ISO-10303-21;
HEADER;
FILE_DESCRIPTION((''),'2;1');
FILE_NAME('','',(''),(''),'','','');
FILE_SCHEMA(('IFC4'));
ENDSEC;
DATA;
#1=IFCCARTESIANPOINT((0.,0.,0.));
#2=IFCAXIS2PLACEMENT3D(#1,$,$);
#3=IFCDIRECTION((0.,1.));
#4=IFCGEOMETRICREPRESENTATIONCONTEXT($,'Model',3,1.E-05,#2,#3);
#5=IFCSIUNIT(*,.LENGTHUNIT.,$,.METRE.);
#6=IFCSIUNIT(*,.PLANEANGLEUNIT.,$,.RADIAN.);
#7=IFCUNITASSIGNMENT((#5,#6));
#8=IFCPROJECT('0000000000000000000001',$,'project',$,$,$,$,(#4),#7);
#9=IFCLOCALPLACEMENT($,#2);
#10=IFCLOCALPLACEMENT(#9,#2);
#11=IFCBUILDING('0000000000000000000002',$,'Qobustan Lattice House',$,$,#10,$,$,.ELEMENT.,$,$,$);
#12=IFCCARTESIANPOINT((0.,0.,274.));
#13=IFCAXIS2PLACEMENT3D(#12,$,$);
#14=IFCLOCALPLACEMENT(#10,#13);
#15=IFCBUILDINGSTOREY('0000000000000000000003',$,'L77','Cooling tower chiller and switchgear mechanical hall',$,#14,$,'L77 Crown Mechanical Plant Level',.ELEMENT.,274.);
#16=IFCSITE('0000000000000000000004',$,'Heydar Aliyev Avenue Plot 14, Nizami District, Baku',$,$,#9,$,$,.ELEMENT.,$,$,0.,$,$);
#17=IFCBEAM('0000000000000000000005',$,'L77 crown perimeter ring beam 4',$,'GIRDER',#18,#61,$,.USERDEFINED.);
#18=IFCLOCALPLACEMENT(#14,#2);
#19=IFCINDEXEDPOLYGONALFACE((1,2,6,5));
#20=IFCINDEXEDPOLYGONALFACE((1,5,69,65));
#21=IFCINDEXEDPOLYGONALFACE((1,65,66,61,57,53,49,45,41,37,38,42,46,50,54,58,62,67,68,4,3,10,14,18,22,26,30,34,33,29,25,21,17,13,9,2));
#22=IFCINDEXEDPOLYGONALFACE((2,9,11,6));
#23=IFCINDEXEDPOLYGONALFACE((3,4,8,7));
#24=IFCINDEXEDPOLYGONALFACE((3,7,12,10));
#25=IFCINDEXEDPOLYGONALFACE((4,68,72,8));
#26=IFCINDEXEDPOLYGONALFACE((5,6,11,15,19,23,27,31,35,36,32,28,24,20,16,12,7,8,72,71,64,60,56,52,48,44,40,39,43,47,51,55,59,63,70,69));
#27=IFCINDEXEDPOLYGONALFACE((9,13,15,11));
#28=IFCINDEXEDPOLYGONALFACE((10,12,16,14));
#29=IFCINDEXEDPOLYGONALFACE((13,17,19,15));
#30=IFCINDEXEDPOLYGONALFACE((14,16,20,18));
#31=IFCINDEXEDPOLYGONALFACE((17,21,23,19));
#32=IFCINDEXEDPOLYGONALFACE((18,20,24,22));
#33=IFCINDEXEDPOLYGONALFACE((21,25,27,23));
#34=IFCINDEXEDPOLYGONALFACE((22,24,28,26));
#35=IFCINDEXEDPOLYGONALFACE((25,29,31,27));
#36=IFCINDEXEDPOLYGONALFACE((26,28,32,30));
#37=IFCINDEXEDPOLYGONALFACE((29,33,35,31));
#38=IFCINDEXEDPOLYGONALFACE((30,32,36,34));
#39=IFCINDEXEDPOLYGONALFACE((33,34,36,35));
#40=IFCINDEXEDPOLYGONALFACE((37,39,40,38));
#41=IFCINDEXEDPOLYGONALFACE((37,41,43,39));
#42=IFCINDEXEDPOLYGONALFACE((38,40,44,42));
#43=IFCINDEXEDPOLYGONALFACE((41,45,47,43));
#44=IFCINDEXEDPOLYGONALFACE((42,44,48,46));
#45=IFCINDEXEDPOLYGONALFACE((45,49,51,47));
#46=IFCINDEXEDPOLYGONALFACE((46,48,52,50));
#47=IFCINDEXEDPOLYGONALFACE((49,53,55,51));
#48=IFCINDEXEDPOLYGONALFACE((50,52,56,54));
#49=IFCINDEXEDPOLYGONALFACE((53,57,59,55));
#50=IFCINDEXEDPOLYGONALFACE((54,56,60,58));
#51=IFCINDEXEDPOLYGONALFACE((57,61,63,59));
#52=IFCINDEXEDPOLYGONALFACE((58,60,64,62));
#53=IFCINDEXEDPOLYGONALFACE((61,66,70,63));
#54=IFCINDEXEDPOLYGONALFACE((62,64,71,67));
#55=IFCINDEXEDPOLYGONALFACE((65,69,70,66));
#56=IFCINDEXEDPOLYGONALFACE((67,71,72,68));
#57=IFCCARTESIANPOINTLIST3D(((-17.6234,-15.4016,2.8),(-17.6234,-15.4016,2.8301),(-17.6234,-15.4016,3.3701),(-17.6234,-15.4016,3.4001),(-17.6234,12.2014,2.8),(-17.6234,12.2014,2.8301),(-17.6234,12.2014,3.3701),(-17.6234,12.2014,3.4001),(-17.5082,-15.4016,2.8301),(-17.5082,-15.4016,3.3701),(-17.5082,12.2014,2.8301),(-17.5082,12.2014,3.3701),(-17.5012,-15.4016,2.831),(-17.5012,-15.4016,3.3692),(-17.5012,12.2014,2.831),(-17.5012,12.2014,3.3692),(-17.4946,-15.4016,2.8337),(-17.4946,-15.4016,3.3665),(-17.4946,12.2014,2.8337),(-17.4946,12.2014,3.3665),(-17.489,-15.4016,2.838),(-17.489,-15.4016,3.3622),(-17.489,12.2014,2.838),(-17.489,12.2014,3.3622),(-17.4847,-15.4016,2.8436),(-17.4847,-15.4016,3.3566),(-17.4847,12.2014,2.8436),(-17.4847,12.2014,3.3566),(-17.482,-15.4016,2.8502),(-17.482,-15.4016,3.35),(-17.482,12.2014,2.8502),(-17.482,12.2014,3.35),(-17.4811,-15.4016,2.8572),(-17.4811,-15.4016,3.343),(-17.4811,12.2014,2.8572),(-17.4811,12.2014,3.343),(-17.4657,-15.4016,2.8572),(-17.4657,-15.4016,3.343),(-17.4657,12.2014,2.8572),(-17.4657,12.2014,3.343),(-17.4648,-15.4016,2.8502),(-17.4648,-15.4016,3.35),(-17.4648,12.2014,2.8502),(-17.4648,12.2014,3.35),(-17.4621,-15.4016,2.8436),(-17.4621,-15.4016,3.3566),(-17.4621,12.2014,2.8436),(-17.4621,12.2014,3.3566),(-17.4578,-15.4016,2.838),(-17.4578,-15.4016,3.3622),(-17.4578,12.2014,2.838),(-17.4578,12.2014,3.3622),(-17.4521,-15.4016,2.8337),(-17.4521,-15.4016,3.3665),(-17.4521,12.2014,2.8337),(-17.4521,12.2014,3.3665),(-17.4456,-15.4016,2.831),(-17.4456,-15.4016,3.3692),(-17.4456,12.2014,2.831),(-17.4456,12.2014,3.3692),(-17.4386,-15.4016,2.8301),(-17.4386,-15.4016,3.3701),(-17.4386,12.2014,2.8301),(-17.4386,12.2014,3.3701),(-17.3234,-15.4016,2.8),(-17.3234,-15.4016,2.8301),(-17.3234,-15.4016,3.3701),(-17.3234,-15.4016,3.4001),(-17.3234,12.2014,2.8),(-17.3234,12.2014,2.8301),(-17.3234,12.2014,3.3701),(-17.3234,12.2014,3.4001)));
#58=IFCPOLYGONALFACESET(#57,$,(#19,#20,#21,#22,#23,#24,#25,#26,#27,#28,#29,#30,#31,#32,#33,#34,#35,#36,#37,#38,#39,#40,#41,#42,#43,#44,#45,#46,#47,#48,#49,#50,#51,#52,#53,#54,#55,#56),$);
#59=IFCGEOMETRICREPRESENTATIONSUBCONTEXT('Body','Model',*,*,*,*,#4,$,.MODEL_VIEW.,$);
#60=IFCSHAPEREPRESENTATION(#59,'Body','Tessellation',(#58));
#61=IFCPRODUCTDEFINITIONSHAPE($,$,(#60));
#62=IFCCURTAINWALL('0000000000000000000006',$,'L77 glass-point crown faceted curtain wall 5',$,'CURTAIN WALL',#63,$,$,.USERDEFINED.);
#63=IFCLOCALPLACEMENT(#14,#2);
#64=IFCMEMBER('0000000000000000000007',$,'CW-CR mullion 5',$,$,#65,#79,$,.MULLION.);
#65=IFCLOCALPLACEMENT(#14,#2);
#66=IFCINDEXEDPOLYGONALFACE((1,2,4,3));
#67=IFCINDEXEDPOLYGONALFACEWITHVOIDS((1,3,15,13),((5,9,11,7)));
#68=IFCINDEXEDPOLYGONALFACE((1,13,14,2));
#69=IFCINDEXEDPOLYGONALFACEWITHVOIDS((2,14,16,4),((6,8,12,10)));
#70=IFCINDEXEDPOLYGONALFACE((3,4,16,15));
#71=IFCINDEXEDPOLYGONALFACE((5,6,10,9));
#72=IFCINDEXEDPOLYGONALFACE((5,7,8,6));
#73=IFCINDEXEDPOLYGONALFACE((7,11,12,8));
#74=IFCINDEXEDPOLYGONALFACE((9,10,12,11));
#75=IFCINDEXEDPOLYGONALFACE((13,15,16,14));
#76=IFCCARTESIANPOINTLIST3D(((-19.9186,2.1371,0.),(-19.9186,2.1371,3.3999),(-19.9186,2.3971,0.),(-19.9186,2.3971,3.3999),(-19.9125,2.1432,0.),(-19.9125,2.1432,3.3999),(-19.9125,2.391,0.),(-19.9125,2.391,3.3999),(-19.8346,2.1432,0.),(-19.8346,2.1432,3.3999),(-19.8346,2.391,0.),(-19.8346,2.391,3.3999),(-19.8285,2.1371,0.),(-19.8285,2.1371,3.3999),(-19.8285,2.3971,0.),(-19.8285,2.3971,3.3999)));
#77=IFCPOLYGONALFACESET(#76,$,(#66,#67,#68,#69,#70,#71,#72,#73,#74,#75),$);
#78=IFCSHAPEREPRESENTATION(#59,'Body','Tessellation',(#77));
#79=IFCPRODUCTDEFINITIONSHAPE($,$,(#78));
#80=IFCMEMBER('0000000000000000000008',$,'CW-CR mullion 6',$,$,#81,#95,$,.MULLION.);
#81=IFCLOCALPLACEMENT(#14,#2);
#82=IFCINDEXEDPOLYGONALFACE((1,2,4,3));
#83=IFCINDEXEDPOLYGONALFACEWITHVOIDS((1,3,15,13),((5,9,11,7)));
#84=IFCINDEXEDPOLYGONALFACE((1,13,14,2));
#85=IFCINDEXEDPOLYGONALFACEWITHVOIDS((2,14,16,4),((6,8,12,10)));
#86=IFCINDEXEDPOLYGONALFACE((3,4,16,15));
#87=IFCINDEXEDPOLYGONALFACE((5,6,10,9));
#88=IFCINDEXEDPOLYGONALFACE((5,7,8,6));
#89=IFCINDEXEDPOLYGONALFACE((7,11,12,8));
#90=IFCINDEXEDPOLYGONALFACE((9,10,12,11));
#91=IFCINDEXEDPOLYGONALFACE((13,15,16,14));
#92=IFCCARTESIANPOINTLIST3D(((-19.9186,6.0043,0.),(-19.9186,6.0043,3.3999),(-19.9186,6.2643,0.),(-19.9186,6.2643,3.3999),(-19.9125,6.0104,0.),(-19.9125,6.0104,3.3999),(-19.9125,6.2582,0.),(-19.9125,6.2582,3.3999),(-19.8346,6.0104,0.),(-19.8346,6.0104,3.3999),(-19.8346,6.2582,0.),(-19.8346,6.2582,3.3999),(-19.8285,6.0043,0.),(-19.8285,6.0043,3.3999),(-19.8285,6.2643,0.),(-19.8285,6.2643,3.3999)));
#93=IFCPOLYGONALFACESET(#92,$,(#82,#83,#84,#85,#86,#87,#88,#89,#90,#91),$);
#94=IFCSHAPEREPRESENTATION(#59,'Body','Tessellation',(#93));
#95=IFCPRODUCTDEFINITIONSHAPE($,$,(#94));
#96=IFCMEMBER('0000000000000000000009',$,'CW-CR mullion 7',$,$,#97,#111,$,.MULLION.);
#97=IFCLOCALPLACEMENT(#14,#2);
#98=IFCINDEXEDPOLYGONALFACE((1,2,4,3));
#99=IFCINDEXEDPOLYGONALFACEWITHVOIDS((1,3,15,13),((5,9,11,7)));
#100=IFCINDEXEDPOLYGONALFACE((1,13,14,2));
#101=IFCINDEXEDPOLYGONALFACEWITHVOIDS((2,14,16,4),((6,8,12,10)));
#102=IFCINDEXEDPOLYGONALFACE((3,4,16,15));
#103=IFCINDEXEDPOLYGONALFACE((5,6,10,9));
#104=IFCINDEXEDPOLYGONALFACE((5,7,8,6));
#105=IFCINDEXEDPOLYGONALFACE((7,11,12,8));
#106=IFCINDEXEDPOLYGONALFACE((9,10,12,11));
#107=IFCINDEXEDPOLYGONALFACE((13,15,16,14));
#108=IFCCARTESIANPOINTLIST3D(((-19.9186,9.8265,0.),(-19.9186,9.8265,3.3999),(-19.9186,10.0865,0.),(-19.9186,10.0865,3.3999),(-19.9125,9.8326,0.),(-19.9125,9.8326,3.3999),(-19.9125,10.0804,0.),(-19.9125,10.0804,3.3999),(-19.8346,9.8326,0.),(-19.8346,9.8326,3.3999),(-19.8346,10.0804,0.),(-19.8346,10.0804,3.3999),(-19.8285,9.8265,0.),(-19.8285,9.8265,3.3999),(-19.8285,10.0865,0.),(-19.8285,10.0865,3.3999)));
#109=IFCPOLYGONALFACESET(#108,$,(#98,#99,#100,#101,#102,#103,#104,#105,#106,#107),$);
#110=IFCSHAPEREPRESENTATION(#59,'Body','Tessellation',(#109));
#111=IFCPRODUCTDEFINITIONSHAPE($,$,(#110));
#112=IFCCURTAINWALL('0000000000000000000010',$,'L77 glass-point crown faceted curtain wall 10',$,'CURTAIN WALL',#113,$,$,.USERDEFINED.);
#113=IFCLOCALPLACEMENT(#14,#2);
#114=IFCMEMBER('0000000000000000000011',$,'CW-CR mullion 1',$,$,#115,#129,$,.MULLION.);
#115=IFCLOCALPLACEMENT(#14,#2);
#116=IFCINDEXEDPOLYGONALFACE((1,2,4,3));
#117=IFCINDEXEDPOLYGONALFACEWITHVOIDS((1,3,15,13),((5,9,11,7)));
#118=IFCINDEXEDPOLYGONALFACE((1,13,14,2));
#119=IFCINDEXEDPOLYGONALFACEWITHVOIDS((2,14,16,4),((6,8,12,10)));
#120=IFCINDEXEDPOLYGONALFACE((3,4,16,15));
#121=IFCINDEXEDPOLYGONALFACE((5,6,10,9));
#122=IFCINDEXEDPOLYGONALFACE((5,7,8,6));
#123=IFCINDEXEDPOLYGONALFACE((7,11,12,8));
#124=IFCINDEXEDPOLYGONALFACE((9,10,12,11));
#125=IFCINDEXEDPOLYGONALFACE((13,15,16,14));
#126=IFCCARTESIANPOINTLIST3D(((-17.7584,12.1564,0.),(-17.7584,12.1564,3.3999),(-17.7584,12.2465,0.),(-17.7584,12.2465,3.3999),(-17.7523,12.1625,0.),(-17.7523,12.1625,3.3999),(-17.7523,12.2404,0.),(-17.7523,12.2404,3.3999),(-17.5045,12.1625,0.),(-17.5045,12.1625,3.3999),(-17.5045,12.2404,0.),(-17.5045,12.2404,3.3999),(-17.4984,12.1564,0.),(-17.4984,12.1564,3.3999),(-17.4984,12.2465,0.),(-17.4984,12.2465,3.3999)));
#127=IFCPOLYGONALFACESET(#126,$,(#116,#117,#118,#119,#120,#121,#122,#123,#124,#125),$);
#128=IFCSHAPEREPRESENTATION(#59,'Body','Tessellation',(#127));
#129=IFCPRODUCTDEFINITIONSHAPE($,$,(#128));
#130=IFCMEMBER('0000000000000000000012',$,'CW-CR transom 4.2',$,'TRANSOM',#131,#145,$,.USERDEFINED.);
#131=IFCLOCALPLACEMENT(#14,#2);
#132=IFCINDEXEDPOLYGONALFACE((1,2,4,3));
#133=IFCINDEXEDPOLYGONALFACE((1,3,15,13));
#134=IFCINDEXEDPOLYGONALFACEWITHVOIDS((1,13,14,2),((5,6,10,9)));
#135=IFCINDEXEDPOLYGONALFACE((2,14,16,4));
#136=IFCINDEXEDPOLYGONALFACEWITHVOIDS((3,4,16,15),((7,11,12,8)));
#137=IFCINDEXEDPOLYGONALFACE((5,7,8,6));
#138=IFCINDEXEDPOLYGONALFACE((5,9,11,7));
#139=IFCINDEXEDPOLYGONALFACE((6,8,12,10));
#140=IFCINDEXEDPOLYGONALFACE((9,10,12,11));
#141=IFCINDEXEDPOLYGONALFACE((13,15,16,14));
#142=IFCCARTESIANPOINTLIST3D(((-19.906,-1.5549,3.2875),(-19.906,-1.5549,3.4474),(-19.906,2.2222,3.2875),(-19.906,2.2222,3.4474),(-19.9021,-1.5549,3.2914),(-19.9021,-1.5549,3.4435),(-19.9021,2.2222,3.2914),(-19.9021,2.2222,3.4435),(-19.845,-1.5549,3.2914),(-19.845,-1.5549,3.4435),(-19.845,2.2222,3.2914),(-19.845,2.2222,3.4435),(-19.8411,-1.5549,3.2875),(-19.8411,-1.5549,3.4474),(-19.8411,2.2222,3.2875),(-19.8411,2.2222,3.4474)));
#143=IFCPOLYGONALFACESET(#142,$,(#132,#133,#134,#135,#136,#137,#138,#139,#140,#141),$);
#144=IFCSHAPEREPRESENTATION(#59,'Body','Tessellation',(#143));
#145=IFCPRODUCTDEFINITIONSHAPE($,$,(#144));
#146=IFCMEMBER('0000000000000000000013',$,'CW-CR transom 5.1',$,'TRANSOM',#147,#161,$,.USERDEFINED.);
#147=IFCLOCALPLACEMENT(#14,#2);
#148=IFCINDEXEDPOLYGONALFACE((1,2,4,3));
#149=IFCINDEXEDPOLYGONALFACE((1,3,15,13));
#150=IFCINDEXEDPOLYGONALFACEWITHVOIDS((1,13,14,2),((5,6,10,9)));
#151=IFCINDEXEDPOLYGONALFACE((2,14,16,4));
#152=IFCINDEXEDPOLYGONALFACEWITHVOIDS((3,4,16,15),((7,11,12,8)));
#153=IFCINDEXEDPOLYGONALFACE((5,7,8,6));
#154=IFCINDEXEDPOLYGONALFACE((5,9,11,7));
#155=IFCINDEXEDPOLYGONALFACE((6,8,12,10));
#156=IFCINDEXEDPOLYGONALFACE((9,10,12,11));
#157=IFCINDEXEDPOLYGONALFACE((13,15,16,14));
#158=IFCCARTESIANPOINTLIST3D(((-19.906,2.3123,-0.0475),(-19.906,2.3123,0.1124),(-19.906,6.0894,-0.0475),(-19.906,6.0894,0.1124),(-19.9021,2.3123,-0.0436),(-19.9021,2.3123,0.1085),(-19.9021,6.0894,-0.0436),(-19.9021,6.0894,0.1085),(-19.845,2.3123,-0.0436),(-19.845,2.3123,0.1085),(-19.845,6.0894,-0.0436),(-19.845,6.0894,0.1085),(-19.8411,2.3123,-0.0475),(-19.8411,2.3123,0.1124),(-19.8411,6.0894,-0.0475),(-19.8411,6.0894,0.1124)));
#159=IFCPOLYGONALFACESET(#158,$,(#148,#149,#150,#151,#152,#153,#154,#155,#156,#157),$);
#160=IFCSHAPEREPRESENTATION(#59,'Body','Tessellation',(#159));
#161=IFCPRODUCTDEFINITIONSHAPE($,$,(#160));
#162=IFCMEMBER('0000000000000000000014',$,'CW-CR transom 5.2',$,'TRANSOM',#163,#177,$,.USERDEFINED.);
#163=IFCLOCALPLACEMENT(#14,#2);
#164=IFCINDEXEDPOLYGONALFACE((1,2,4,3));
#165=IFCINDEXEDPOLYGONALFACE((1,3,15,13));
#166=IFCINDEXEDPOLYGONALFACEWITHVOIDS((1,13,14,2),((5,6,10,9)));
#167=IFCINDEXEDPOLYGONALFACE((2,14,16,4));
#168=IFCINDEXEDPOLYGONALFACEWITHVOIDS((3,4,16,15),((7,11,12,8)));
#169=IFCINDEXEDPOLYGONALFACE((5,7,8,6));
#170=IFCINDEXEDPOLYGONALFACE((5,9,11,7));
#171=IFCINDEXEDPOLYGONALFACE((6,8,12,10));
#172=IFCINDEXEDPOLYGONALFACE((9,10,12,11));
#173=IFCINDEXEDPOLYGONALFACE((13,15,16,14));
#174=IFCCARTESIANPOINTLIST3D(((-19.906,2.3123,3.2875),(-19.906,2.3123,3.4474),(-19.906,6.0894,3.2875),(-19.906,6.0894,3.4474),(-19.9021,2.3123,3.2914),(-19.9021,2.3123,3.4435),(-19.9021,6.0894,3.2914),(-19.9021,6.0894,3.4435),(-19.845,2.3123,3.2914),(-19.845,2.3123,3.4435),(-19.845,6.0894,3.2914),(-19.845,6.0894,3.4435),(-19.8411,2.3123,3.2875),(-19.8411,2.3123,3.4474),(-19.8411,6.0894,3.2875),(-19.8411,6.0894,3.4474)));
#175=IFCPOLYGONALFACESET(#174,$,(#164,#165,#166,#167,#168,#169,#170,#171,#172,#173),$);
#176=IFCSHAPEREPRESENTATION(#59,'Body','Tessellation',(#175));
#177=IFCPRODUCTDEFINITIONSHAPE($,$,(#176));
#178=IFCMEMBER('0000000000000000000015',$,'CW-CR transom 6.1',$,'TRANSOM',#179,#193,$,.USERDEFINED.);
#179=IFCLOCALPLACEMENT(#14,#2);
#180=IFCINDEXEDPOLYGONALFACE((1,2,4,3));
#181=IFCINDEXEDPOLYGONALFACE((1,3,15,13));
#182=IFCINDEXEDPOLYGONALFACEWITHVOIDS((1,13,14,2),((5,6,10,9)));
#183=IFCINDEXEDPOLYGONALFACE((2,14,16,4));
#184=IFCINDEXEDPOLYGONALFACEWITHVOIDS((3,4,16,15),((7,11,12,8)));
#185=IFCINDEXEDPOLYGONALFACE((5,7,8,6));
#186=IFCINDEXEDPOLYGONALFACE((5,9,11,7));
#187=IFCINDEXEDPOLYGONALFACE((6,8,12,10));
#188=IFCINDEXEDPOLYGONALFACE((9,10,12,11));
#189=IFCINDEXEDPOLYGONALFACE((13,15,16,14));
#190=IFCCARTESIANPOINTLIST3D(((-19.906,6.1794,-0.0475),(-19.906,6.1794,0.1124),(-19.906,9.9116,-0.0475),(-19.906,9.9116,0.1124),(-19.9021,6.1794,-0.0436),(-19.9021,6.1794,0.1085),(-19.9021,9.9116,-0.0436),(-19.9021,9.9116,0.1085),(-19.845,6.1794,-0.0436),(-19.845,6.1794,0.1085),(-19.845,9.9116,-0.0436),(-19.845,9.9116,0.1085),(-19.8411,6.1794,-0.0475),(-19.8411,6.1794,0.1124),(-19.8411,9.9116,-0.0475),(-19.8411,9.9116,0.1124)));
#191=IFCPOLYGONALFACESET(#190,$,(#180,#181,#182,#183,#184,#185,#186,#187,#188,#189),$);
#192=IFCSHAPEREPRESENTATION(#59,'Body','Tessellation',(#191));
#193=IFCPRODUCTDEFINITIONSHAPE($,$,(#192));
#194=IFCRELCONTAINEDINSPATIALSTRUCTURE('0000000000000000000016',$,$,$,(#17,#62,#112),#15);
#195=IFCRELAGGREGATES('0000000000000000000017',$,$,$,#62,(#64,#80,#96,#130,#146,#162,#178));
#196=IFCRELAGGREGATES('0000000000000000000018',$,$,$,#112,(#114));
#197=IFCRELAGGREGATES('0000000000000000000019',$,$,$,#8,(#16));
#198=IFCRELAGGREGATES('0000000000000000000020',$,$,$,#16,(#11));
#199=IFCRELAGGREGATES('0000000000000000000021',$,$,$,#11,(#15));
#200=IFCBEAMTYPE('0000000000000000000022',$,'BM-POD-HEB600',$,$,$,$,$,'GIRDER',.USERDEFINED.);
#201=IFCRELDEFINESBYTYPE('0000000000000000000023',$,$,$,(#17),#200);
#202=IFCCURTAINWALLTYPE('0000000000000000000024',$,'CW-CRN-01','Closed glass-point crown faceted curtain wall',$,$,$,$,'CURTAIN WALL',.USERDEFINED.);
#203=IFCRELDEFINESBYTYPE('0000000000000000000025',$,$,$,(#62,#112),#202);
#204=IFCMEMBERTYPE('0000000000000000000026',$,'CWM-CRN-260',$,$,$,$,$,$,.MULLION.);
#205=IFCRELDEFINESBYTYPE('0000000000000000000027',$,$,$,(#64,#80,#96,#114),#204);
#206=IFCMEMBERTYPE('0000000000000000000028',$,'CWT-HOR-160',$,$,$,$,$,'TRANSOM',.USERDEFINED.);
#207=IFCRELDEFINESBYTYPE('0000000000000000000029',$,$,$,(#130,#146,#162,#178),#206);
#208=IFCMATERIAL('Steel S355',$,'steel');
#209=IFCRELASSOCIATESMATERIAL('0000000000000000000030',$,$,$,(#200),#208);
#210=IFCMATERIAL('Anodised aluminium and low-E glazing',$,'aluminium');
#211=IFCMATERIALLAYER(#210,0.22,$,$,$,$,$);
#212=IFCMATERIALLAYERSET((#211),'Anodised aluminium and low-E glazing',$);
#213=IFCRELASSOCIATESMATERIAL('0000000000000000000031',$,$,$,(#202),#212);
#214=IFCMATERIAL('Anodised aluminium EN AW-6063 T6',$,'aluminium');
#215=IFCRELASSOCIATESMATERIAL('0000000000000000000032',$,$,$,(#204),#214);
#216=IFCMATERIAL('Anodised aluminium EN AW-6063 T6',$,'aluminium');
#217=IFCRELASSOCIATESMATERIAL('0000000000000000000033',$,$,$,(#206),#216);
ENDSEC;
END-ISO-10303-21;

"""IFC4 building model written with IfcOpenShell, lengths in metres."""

from ifc_helpers import new_model, si_unit, direction, frame, origin, origin_2d, place, context, subcontext, project, spatial, hollow_rectangle, i_section, extrude, material, layer, layer_set, material_profile, profile_set, type_object, element, aggregate, save


model = new_model("IFC4")

# Units and contexts
model_context = context("Model", 3, precision=1e-05, world=origin(), true_north=direction((0.0, 1.0)))
body_context = subcontext(model_context, "Body", "Model", "MODEL_VIEW")
ifc_project = project(units=[si_unit("LENGTHUNIT", "METRE"), si_unit("PLANEANGLEUNIT", "RADIAN")], contexts=[model_context])

# Site, building, storey
site_placement = place(None, origin())
site = spatial("IfcSite", under=ifc_project, at=site_placement, Name="Heydar Aliyev Avenue Plot 14, Nizami District, Baku", CompositionType="ELEMENT", RefElevation=0.0)
building_placement = place(site_placement, origin())
building = spatial("IfcBuilding", under=site, at=building_placement, Name="Qobustan Lattice House", CompositionType="ELEMENT")
storey_placement = place(building_placement, frame((0.0, 0.0, 274.0)))
storey = spatial("IfcBuildingStorey", under=building, at=storey_placement, Name="L77", Description="Cooling tower chiller and switchgear mechanical hall", LongName="L77 Crown Mechanical Plant Level", CompositionType="ELEMENT", Elevation=274.0)

# Beam
ifc_material_1 = material(Name="Steel S355", Category="steel")
ifc_material_profile_1 = material_profile(ifc_material_1, i_section(OverallWidth=0.3, OverallDepth=0.6001, WebThickness=0.0154, FlangeThickness=0.03, FilletRadius=0.0271, at=origin_2d()), Name="HEB600")
ifc_profile_set_1 = profile_set([ifc_material_profile_1], Name="Steel S355")
beam_type = type_object("IfcBeamType", Name="BM-POD-HEB600", ElementType="GIRDER", PredefinedType="USERDEFINED", material=ifc_profile_set_1)
beam_placement = place(storey_placement, frame((-17.4734, 12.2014, 3.1001), z_axis=(0.0, -1.0, 0.0), x_axis=(1.0, 0.0, 0.0)))
element("IfcBeam", 1, at=beam_placement, inside=storey, type_object=beam_type, Name="L77 crown perimeter ring beam 4", ObjectType="GIRDER", PredefinedType="USERDEFINED", context=body_context, shape_type="SweptSolid", body=[
    extrude(i_section(OverallWidth=0.3, OverallDepth=0.6001, WebThickness=0.0154, FlangeThickness=0.03, FilletRadius=0.0271, at=origin_2d()), origin(), (0.0, 0.0, 1.0), 27.603),
])

# Curtain wall, members
ifc_material_2 = material(Name="Anodised aluminium and low-E glazing", Category="aluminium")
ifc_layer_1 = layer(ifc_material_2, 0.22)
ifc_layer_set_1 = layer_set([ifc_layer_1], Name="Anodised aluminium and low-E glazing")
curtain_wall_type = type_object("IfcCurtainWallType", Name="CW-CRN-01", Description="Closed glass-point crown faceted curtain wall", ElementType="CURTAIN WALL", PredefinedType="USERDEFINED", material=ifc_layer_set_1)
curtain_wall_1_placement = place(storey_placement, origin())
curtain_wall_1 = element("IfcCurtainWall", 2, at=curtain_wall_1_placement, inside=storey, type_object=curtain_wall_type, Name="L77 glass-point crown faceted curtain wall 5", ObjectType="CURTAIN WALL", PredefinedType="USERDEFINED")
ifc_material_3 = material(Name="Anodised aluminium EN AW-6063 T6", Category="aluminium")
ifc_material_profile_2 = material_profile(ifc_material_3, hollow_rectangle(XDim=0.0901, YDim=0.26, WallThickness=0.0061, at=origin_2d()), Name="CWM-CROWN-260x90")
ifc_profile_set_2 = profile_set([ifc_material_profile_2], Name="Anodised aluminium EN AW-6063 T6")
member_type_1 = type_object("IfcMemberType", Name="CWM-CRN-260", PredefinedType="MULLION", material=ifc_profile_set_2)
member_1_placement = place(storey_placement, frame((-19.8735, 2.2671, 0.0), z_axis=(0.0, 0.0, 1.0), x_axis=(-1.0, 0.0, 0.0)))
member_1 = element("IfcMember", 3, at=member_1_placement, type_object=member_type_1, Name="CW-CR mullion 5", PredefinedType="MULLION", context=body_context, shape_type="SweptSolid", body=[
    extrude(hollow_rectangle(XDim=0.0901, YDim=0.26, WallThickness=0.0061, at=origin_2d()), origin(), (0.0, 0.0, 1.0), 3.3999),
])
member_2_placement = place(storey_placement, frame((-19.8735, 6.1343, 0.0), z_axis=(0.0, 0.0, 1.0), x_axis=(-1.0, 0.0, 0.0)))
member_2 = element("IfcMember", 4, at=member_2_placement, type_object=member_type_1, Name="CW-CR mullion 6", PredefinedType="MULLION", context=body_context, shape_type="SweptSolid", body=[
    extrude(hollow_rectangle(XDim=0.0901, YDim=0.26, WallThickness=0.0061, at=origin_2d()), origin(), (0.0, 0.0, 1.0), 3.3999),
])
member_3_placement = place(storey_placement, frame((-19.8735, 9.9565, 0.0), z_axis=(0.0, 0.0, 1.0), x_axis=(-1.0, 0.0, 0.0)))
member_3 = element("IfcMember", 5, at=member_3_placement, type_object=member_type_1, Name="CW-CR mullion 7", PredefinedType="MULLION", context=body_context, shape_type="SweptSolid", body=[
    extrude(hollow_rectangle(XDim=0.0901, YDim=0.26, WallThickness=0.0061, at=origin_2d()), origin(), (0.0, 0.0, 1.0), 3.3999),
])

# Curtain wall, member
curtain_wall_2_placement = place(storey_placement, origin())
curtain_wall_2 = element("IfcCurtainWall", 6, at=curtain_wall_2_placement, inside=storey, type_object=curtain_wall_type, Name="L77 glass-point crown faceted curtain wall 10", ObjectType="CURTAIN WALL", PredefinedType="USERDEFINED")
member_4_placement = place(storey_placement, frame((-17.6284, 12.2014, 0.0), z_axis=(0.0, 0.0, 1.0), x_axis=(0.0, 1.0, 0.0)))
member_4 = element("IfcMember", 7, at=member_4_placement, type_object=member_type_1, Name="CW-CR mullion 1", PredefinedType="MULLION", context=body_context, shape_type="SweptSolid", body=[
    extrude(hollow_rectangle(XDim=0.0901, YDim=0.26, WallThickness=0.0061, at=origin_2d()), origin(), (0.0, 0.0, 1.0), 3.3999),
])

# Members
ifc_material_4 = material(Name="Anodised aluminium EN AW-6063 T6", Category="aluminium")
ifc_material_profile_3 = material_profile(ifc_material_4, hollow_rectangle(XDim=0.0649, YDim=0.1599, WallThickness=0.0039, at=origin_2d()), Name="CWT-160x65")
ifc_profile_set_3 = profile_set([ifc_material_profile_3], Name="Anodised aluminium EN AW-6063 T6")
member_type_2 = type_object("IfcMemberType", Name="CWT-HOR-160", ElementType="TRANSOM", PredefinedType="USERDEFINED", material=ifc_profile_set_3)
member_5_placement = place(storey_placement, frame((-19.8735, -1.5549, 3.3674), z_axis=(0.0, 1.0, 0.0), x_axis=(-1.0, 0.0, 0.0)))
member_5 = element("IfcMember", 8, at=member_5_placement, type_object=member_type_2, Name="CW-CR transom 4.2", ObjectType="TRANSOM", PredefinedType="USERDEFINED", context=body_context, shape_type="SweptSolid", body=[
    extrude(hollow_rectangle(XDim=0.0649, YDim=0.1599, WallThickness=0.0039, at=origin_2d()), origin(), (0.0, 0.0, 1.0), 3.7771),
])
member_6_placement = place(storey_placement, frame((-19.8735, 2.3123, 0.0325), z_axis=(0.0, 1.0, 0.0), x_axis=(-1.0, 0.0, 0.0)))
member_6 = element("IfcMember", 9, at=member_6_placement, type_object=member_type_2, Name="CW-CR transom 5.1", ObjectType="TRANSOM", PredefinedType="USERDEFINED", context=body_context, shape_type="SweptSolid", body=[
    extrude(hollow_rectangle(XDim=0.0649, YDim=0.1599, WallThickness=0.0039, at=origin_2d()), origin(), (0.0, 0.0, 1.0), 3.7771),
])
member_7_placement = place(storey_placement, frame((-19.8735, 2.3123, 3.3674), z_axis=(0.0, 1.0, 0.0), x_axis=(-1.0, 0.0, 0.0)))
member_7 = element("IfcMember", 10, at=member_7_placement, type_object=member_type_2, Name="CW-CR transom 5.2", ObjectType="TRANSOM", PredefinedType="USERDEFINED", context=body_context, shape_type="SweptSolid", body=[
    extrude(hollow_rectangle(XDim=0.0649, YDim=0.1599, WallThickness=0.0039, at=origin_2d()), origin(), (0.0, 0.0, 1.0), 3.7771),
])
member_8_placement = place(storey_placement, frame((-19.8735, 6.1794, 0.0325), z_axis=(0.0, 1.0, 0.0), x_axis=(-1.0, 0.0, 0.0)))
member_8 = element("IfcMember", 11, at=member_8_placement, type_object=member_type_2, Name="CW-CR transom 6.1", ObjectType="TRANSOM", PredefinedType="USERDEFINED", context=body_context, shape_type="SweptSolid", body=[
    extrude(hollow_rectangle(XDim=0.0649, YDim=0.1599, WallThickness=0.0039, at=origin_2d()), origin(), (0.0, 0.0, 1.0), 3.7322),
])

aggregate(curtain_wall_1, [member_1, member_2, member_3, member_5, member_6, member_7, member_8])
aggregate(curtain_wall_2, [member_4])

save(model, "model.ifc")
